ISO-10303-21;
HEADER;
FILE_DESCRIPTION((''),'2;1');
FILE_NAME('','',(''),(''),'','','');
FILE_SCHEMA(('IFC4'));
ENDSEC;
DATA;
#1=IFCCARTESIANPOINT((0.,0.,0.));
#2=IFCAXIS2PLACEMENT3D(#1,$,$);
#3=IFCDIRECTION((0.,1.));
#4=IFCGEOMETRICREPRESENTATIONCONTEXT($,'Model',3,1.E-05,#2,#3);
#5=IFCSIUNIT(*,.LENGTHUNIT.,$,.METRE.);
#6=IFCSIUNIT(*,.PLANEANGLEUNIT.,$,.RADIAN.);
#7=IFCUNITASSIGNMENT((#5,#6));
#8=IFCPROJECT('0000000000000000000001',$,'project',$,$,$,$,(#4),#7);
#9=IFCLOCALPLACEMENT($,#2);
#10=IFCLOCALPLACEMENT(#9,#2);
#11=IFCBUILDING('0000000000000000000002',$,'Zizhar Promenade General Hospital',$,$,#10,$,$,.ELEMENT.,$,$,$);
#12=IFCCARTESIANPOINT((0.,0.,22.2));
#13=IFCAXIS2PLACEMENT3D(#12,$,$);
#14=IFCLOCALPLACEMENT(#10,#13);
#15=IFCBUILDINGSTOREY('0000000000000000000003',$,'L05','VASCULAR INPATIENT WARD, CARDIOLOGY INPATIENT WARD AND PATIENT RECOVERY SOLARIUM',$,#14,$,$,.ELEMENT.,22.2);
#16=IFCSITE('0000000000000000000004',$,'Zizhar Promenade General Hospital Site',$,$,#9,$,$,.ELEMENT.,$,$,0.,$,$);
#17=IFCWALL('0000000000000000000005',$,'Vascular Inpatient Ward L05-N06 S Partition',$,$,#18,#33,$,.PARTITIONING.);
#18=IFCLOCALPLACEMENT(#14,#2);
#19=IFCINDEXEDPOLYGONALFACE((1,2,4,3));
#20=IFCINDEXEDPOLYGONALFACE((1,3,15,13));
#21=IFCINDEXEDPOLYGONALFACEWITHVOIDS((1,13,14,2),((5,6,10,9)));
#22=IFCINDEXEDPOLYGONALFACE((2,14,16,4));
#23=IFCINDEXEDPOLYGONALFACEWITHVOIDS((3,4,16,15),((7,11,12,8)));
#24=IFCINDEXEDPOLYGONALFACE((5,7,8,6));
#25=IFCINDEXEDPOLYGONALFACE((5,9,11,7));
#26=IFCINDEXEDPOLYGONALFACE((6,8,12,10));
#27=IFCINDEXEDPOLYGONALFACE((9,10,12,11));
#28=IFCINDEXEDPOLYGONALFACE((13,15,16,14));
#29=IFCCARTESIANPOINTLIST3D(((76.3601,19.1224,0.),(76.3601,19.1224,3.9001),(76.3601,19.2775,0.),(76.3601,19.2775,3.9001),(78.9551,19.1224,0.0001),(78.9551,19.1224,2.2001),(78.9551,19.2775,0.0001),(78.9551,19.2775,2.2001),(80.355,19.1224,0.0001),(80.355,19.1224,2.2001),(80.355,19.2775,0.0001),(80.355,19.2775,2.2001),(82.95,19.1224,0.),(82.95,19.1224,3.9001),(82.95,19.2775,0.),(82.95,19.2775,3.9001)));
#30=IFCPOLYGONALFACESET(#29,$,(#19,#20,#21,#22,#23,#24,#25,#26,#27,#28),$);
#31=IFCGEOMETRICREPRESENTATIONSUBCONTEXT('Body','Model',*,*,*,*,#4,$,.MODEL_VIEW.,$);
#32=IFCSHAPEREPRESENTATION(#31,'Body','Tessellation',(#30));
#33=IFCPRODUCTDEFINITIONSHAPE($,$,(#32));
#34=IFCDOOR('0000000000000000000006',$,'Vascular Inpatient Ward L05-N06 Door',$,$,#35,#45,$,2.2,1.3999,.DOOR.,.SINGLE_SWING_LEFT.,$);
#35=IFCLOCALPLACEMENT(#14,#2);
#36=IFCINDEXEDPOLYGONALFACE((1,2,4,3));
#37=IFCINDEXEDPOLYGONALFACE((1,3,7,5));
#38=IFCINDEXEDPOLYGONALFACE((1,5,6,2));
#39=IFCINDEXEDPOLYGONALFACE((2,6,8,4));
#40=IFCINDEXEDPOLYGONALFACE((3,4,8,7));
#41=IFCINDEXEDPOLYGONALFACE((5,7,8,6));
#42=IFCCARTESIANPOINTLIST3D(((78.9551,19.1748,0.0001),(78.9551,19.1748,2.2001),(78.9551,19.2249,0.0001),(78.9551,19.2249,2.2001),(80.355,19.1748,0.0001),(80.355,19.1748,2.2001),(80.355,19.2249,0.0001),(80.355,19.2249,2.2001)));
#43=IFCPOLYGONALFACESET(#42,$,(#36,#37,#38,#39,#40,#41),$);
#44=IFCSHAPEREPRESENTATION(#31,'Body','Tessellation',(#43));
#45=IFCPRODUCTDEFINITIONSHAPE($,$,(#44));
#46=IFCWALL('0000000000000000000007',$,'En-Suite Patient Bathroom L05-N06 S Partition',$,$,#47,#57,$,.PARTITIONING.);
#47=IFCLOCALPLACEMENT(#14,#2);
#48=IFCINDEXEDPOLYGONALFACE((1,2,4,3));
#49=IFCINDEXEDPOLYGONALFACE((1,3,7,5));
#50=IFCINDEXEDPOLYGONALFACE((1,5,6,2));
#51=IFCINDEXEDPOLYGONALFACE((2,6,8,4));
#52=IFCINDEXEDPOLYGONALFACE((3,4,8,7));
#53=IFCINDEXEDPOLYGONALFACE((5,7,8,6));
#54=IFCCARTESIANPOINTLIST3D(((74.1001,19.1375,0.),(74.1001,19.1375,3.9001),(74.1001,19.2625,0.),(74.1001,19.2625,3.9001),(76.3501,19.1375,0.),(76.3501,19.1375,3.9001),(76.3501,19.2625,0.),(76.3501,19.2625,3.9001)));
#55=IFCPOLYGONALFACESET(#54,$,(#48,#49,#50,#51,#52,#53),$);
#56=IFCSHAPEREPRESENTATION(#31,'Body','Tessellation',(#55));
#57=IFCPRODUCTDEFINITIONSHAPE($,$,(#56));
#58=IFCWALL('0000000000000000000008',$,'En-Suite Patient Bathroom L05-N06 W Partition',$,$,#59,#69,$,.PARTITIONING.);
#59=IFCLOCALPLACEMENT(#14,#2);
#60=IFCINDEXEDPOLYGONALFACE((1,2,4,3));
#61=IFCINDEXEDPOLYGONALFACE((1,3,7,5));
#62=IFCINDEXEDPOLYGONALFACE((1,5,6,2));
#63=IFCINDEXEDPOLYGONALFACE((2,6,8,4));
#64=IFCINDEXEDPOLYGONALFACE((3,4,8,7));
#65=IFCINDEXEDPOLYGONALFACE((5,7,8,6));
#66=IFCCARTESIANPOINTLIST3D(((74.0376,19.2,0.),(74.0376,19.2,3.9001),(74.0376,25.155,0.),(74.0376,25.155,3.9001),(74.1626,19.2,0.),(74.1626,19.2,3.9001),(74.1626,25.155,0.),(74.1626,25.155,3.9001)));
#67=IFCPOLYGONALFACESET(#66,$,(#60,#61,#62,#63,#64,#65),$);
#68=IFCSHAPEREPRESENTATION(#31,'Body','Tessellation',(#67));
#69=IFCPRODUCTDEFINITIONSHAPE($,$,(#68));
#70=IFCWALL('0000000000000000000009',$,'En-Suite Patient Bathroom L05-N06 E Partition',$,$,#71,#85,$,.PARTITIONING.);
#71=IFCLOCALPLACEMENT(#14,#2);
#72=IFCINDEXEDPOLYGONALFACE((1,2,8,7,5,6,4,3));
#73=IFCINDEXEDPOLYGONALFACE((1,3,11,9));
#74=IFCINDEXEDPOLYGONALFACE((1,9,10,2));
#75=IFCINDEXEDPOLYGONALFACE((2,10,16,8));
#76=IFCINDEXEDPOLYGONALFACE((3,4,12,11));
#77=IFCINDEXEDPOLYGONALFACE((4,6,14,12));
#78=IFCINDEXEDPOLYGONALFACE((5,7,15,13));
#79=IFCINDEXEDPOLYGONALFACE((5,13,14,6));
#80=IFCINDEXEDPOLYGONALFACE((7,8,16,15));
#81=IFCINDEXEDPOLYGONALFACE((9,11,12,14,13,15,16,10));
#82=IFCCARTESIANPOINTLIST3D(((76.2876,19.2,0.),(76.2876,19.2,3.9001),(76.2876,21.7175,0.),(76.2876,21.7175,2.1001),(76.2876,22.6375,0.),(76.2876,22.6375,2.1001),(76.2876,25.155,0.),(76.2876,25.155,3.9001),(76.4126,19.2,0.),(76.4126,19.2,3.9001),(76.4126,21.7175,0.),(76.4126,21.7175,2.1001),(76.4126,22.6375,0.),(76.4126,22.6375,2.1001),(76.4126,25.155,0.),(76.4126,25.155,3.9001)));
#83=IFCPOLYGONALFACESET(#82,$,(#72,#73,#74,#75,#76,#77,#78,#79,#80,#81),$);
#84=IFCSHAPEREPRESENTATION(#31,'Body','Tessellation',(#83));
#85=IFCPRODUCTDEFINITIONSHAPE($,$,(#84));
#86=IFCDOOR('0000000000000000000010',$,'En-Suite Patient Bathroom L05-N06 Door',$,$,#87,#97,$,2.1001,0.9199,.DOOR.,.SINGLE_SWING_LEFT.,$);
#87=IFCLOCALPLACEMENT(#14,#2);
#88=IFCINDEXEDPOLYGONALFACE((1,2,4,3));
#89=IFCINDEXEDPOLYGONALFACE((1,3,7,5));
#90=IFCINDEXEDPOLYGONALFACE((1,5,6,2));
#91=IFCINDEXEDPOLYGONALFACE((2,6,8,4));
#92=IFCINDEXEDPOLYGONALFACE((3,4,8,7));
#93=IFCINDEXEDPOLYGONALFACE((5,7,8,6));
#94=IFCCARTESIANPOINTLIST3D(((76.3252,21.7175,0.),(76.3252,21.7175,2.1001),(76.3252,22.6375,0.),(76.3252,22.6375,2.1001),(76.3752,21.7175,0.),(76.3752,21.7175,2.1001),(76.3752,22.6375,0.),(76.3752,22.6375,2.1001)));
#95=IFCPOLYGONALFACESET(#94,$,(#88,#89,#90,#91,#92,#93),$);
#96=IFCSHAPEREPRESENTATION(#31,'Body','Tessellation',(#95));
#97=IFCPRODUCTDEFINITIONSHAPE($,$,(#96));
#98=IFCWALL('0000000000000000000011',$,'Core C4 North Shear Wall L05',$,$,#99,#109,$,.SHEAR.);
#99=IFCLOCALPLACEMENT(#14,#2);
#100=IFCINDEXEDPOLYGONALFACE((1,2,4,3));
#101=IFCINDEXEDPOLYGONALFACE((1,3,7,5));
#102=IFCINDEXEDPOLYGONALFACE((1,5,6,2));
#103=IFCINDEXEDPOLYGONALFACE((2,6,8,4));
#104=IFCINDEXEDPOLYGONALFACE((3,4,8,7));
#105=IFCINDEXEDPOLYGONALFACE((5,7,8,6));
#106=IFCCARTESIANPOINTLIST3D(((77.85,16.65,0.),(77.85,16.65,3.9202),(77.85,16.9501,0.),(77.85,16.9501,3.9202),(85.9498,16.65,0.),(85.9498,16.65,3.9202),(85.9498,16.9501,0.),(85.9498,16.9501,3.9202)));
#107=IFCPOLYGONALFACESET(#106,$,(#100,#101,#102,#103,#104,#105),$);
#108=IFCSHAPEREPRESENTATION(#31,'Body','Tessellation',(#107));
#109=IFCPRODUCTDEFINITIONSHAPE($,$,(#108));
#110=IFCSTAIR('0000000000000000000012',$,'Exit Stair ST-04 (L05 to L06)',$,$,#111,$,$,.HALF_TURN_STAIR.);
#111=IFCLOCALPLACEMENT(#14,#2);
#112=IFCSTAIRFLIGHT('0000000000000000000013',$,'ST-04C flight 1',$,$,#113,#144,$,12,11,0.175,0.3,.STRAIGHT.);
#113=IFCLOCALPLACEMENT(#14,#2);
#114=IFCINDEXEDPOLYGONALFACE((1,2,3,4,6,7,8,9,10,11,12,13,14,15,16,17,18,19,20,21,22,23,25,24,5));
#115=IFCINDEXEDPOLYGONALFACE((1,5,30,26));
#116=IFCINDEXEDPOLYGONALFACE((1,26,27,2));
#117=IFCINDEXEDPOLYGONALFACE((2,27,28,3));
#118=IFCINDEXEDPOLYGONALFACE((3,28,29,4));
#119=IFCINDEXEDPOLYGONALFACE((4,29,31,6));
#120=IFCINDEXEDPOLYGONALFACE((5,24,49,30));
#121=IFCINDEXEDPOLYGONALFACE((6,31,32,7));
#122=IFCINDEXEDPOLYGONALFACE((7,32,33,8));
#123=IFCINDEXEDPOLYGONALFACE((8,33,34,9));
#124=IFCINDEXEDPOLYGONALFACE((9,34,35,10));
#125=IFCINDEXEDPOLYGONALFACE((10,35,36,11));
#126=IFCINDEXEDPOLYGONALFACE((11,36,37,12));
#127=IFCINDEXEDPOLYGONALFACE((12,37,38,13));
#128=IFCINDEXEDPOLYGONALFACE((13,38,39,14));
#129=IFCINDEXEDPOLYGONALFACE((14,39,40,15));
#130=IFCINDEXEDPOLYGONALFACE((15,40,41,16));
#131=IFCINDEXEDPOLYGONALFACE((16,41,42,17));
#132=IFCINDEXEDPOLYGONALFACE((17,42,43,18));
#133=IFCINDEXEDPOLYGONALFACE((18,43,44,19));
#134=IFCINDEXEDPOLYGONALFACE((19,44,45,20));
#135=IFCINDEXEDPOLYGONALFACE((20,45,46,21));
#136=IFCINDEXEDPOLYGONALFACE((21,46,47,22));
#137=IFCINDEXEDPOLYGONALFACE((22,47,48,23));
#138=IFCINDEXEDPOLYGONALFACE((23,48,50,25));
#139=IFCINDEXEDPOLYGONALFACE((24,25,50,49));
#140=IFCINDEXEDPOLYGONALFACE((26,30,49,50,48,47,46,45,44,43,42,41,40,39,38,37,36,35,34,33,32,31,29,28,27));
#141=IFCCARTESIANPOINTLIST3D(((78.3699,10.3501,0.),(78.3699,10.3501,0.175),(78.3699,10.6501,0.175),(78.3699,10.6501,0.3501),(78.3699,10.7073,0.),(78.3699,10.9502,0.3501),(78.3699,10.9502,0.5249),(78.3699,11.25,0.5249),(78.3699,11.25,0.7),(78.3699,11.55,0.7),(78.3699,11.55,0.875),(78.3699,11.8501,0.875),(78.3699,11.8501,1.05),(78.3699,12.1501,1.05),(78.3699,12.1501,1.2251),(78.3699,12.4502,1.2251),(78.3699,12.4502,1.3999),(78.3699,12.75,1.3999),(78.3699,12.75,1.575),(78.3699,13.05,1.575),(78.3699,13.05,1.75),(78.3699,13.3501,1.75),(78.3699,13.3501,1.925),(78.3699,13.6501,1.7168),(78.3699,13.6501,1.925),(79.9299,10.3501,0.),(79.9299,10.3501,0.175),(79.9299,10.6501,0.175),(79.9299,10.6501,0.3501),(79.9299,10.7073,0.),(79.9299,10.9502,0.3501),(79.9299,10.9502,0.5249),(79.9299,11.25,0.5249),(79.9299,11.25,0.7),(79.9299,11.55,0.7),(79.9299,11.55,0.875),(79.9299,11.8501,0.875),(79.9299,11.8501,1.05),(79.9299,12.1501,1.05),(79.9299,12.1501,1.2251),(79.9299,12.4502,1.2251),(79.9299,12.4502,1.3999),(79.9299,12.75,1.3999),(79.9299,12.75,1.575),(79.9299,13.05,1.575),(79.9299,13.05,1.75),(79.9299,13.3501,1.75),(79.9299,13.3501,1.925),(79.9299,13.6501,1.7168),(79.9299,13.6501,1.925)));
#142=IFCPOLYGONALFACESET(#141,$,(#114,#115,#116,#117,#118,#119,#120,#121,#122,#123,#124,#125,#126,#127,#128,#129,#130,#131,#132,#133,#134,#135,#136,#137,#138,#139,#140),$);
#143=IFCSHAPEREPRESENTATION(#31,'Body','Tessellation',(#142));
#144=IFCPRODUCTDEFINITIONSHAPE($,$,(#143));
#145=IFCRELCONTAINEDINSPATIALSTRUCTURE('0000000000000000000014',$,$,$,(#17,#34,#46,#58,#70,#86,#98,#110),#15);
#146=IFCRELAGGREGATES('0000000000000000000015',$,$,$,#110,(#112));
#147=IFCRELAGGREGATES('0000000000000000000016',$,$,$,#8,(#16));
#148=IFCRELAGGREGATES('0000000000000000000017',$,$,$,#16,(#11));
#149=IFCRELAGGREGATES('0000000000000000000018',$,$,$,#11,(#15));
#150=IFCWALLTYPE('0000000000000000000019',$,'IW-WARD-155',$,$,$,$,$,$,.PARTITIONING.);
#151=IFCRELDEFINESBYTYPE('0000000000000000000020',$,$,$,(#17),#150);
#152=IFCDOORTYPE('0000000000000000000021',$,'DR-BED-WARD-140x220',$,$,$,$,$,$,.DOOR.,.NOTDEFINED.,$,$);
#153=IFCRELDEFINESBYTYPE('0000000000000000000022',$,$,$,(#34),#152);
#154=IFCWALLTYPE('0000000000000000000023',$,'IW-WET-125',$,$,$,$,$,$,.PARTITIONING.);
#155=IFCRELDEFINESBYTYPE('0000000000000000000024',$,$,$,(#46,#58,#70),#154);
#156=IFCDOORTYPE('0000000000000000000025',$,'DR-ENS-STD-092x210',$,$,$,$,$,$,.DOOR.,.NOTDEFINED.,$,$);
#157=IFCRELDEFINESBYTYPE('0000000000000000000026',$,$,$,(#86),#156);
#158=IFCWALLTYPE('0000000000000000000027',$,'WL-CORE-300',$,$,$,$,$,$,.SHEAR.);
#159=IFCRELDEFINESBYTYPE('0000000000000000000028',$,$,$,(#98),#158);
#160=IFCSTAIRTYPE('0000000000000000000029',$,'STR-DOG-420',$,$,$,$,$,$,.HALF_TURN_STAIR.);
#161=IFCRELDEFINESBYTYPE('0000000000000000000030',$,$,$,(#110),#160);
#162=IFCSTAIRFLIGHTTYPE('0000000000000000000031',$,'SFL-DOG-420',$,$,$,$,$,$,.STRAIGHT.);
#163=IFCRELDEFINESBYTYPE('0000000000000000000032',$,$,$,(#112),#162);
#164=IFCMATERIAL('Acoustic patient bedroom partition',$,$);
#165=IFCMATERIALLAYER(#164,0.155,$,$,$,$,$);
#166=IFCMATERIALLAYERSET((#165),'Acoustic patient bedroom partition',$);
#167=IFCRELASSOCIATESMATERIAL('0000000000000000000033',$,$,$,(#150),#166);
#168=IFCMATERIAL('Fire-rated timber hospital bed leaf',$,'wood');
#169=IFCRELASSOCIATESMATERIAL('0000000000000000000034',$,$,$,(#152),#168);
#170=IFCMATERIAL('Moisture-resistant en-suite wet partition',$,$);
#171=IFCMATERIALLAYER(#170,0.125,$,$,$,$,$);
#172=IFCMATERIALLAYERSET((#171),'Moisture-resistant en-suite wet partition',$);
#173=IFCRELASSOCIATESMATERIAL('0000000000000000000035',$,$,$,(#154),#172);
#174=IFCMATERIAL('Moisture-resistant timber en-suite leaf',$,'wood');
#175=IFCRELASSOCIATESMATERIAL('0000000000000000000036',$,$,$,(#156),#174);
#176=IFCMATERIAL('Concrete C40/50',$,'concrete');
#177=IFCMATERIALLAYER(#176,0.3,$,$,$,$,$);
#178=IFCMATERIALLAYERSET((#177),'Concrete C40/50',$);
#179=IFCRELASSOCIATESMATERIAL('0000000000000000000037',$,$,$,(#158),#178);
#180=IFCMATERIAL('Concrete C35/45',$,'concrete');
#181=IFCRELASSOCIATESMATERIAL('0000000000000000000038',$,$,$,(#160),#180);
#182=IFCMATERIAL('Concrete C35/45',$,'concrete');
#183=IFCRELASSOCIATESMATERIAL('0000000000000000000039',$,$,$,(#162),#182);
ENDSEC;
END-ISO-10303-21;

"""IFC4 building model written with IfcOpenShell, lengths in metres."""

from ifc_helpers import new_model, si_unit, direction, frame, frame_2d, origin, place, context, subcontext, project, spatial, polyline, rectangle, outline, extrude, material, layer, layer_set, type_object, element, fill, aggregate, save


model = new_model("IFC4")

# Units and contexts
model_context = context("Model", 3, precision=1e-05, world=origin(), true_north=direction((0.0, 1.0)))
body_context = subcontext(model_context, "Body", "Model", "MODEL_VIEW")
ifc_project = project(units=[si_unit("LENGTHUNIT", "METRE"), si_unit("PLANEANGLEUNIT", "RADIAN")], contexts=[model_context])

# Site, building, storey
site_placement = place(None, origin())
site = spatial("IfcSite", under=ifc_project, at=site_placement, Name="Zizhar Promenade General Hospital Site", CompositionType="ELEMENT", RefElevation=0.0)
building_placement = place(site_placement, origin())
building = spatial("IfcBuilding", under=site, at=building_placement, Name="Zizhar Promenade General Hospital", CompositionType="ELEMENT")
storey_placement = place(building_placement, frame((0.0, 0.0, 22.2)))
storey = spatial("IfcBuildingStorey", under=building, at=storey_placement, Name="L05", Description="VASCULAR INPATIENT WARD, CARDIOLOGY INPATIENT WARD AND PATIENT RECOVERY SOLARIUM", CompositionType="ELEMENT", Elevation=22.2)

# Wall, opening, door
ifc_material_1 = material(Name="Acoustic patient bedroom partition")
ifc_layer_1 = layer(ifc_material_1, 0.155)
ifc_layer_set_1 = layer_set([ifc_layer_1], Name="Acoustic patient bedroom partition")
wall_type_1 = type_object("IfcWallType", Name="IW-WARD-155", PredefinedType="PARTITIONING", material=ifc_layer_set_1)
wall_1_placement = place(storey_placement, frame((76.3601, 19.2, 0.0), z_axis=(0.0, 0.0, 1.0), x_axis=(1.0, 0.0, 0.0)))
wall_1 = element("IfcWall", 1, at=wall_1_placement, inside=storey, type_object=wall_type_1, Name="Vascular Inpatient Ward L05-N06 S Partition", PredefinedType="PARTITIONING", context=body_context, shape_type="SweptSolid", body=[
    extrude(rectangle(XDim=6.5898, YDim=0.155, at=frame_2d((3.2949, 0.0))), origin(), (0.0, 0.0, 1.0), 3.9001),
])
opening_1_placement = place(wall_1_placement, frame((2.595, 0.0, 0.0)))
opening_1 = element("IfcOpeningElement", 2, at=opening_1_placement, cuts=wall_1, PredefinedType="OPENING", context=body_context, shape_type="SweptSolid", body=[
    extrude(rectangle(XDim=1.3999, YDim=2.2, at=frame_2d((0.7, 1.1001))), frame((0.0, 0.0874, 0.0), z_axis=(0.0, -1.0, 0.0), x_axis=(1.0, 0.0, 0.0)), (0.0, 0.0, 1.0), 0.175),
])
ifc_material_2 = material(Name="Fire-rated timber hospital bed leaf", Category="wood")
door_type_1 = type_object("IfcDoorType", Name="DR-BED-WARD-140x220", OperationType="NOTDEFINED", PredefinedType="DOOR", material=ifc_material_2)
door_1_placement = place(opening_1_placement, origin())
door_1 = element("IfcDoor", 3, at=door_1_placement, inside=storey, type_object=door_type_1, Name="Vascular Inpatient Ward L05-N06 Door", OperationType="SINGLE_SWING_LEFT", OverallHeight=2.2, OverallWidth=1.3999, PredefinedType="DOOR", context=body_context, shape_type="SweptSolid", body=[
    extrude(rectangle(XDim=1.3999, YDim=2.2, at=frame_2d((0.7, 1.1001))), frame((0.0, 0.0249, 0.0), z_axis=(0.0, -1.0, 0.0), x_axis=(1.0, 0.0, 0.0)), (0.0, 0.0, 1.0), 0.05),
])
fill(opening_1, door_1)

# Walls
ifc_material_3 = material(Name="Moisture-resistant en-suite wet partition")
ifc_layer_2 = layer(ifc_material_3, 0.125)
ifc_layer_set_2 = layer_set([ifc_layer_2], Name="Moisture-resistant en-suite wet partition")
wall_type_2 = type_object("IfcWallType", Name="IW-WET-125", PredefinedType="PARTITIONING", material=ifc_layer_set_2)
wall_2_placement = place(storey_placement, frame((74.1001, 19.2, 0.0), z_axis=(0.0, 0.0, 1.0), x_axis=(1.0, 0.0, 0.0)))
element("IfcWall", 4, at=wall_2_placement, inside=storey, type_object=wall_type_2, Name="En-Suite Patient Bathroom L05-N06 S Partition", PredefinedType="PARTITIONING", context=body_context, shape_type="SweptSolid", body=[
    extrude(rectangle(XDim=2.25, YDim=0.125, at=frame_2d((1.125, 0.0))), origin(), (0.0, 0.0, 1.0), 3.9001),
])
wall_3_placement = place(storey_placement, frame((74.1001, 19.2, 0.0), z_axis=(0.0, 0.0, 1.0), x_axis=(0.0, 1.0, 0.0)))
element("IfcWall", 5, at=wall_3_placement, inside=storey, type_object=wall_type_2, Name="En-Suite Patient Bathroom L05-N06 W Partition", PredefinedType="PARTITIONING", context=body_context, shape_type="SweptSolid", body=[
    extrude(rectangle(XDim=5.9551, YDim=0.125, at=frame_2d((2.9775, 0.0))), origin(), (0.0, 0.0, 1.0), 3.9001),
])

# Wall, opening, door
wall_4_placement = place(storey_placement, frame((76.3501, 19.2, 0.0), z_axis=(0.0, 0.0, 1.0), x_axis=(0.0, 1.0, 0.0)))
wall_4 = element("IfcWall", 6, at=wall_4_placement, inside=storey, type_object=wall_type_2, Name="En-Suite Patient Bathroom L05-N06 E Partition", PredefinedType="PARTITIONING", context=body_context, shape_type="SweptSolid", body=[
    extrude(rectangle(XDim=5.9551, YDim=0.125, at=frame_2d((2.9775, 0.0))), origin(), (0.0, 0.0, 1.0), 3.9001),
])
opening_2_placement = place(wall_4_placement, frame((2.5176, 0.0, 0.0)))
opening_2 = element("IfcOpeningElement", 7, at=opening_2_placement, cuts=wall_4, PredefinedType="OPENING", context=body_context, shape_type="SweptSolid", body=[
    extrude(rectangle(XDim=0.9199, YDim=2.1001, at=frame_2d((0.46, 1.05))), frame((0.0, 0.0725, 0.0), z_axis=(0.0, -1.0, 0.0), x_axis=(1.0, 0.0, 0.0)), (0.0, 0.0, 1.0), 0.145),
])
ifc_material_4 = material(Name="Moisture-resistant timber en-suite leaf", Category="wood")
door_type_2 = type_object("IfcDoorType", Name="DR-ENS-STD-092x210", OperationType="NOTDEFINED", PredefinedType="DOOR", material=ifc_material_4)
door_2_placement = place(opening_2_placement, origin())
door_2 = element("IfcDoor", 8, at=door_2_placement, inside=storey, type_object=door_type_2, Name="En-Suite Patient Bathroom L05-N06 Door", OperationType="SINGLE_SWING_LEFT", OverallHeight=2.1001, OverallWidth=0.9199, PredefinedType="DOOR", context=body_context, shape_type="SweptSolid", body=[
    extrude(rectangle(XDim=0.9199, YDim=2.1001, at=frame_2d((0.46, 1.05))), frame((0.0, 0.0249, 0.0), z_axis=(0.0, -1.0, 0.0), x_axis=(1.0, 0.0, 0.0)), (0.0, 0.0, 1.0), 0.05),
])
fill(opening_2, door_2)

# Wall
ifc_material_5 = material(Name="Concrete C40/50", Category="concrete")
ifc_layer_3 = layer(ifc_material_5, 0.3)
ifc_layer_set_3 = layer_set([ifc_layer_3], Name="Concrete C40/50")
wall_type_3 = type_object("IfcWallType", Name="WL-CORE-300", PredefinedType="SHEAR", material=ifc_layer_set_3)
wall_5_placement = place(storey_placement, frame((77.8501, 16.8, 0.0), z_axis=(0.0, 0.0, 1.0), x_axis=(1.0, 0.0, 0.0)))
element("IfcWall", 9, at=wall_5_placement, inside=storey, type_object=wall_type_3, Name="Core C4 North Shear Wall L05", PredefinedType="SHEAR", context=body_context, shape_type="SweptSolid", body=[
    extrude(rectangle(XDim=8.0999, YDim=0.3, at=frame_2d((4.0498, 0.0))), origin(), (0.0, 0.0, 1.0), 3.9202),
])

# Stair, stair flight
ifc_material_6 = material(Name="Concrete C35/45", Category="concrete")
stair_type = type_object("IfcStairType", Name="STR-DOG-420", PredefinedType="HALF_TURN_STAIR", material=ifc_material_6)
stair_placement = place(storey_placement, origin())
stair = element("IfcStair", 10, at=stair_placement, inside=storey, type_object=stair_type, Name="Exit Stair ST-04 (L05 to L06)", PredefinedType="HALF_TURN_STAIR")
ifc_material_7 = material(Name="Concrete C35/45", Category="concrete")
stair_flight_type = type_object("IfcStairFlightType", Name="SFL-DOG-420", PredefinedType="STRAIGHT", material=ifc_material_7)
stair_flight_1_placement = place(storey_placement, frame((79.1499, 10.3501, 0.0), z_axis=(0.0, 0.0, 1.0), x_axis=(0.0, 1.0, 0.0)))
stair_flight_1 = element("IfcStairFlight", 11, at=stair_flight_1_placement, type_object=stair_flight_type, Name="ST-04C flight 1", NumberOfRisers=12, NumberOfTreads=11, PredefinedType="STRAIGHT", RiserHeight=0.175, TreadLength=0.3, context=body_context, shape_type="SweptSolid", body=[
    extrude(outline(polyline([(0.0, 0.0), (0.0, 0.175), (0.3, 0.175), (0.3, 0.3501), (0.6001, 0.3501), (0.6001, 0.5249), (0.8999, 0.5249), (0.8999, 0.7), (1.2, 0.7), (1.2, 0.875), (1.5, 0.875), (1.5, 1.05), (1.8, 1.05), (1.8, 1.2251), (2.1001, 1.2251), (2.1001, 1.3999), (2.3999, 1.3999), (2.3999, 1.575), (2.7, 1.575), (2.7, 1.75), (3.0, 1.75), (3.0, 1.925), (3.3, 1.925), (3.3, 2.1001), (3.3, 1.7168), (0.3572, 0.0), (0.0, 0.0)])), frame((0.0, 0.78, 0.0), z_axis=(0.0, -1.0, 0.0), x_axis=(1.0, 0.0, 0.0)), (0.0, 0.0, 1.0), 1.5601),
])
aggregate(stair, [stair_flight_1])

save(model, "model.ifc")
